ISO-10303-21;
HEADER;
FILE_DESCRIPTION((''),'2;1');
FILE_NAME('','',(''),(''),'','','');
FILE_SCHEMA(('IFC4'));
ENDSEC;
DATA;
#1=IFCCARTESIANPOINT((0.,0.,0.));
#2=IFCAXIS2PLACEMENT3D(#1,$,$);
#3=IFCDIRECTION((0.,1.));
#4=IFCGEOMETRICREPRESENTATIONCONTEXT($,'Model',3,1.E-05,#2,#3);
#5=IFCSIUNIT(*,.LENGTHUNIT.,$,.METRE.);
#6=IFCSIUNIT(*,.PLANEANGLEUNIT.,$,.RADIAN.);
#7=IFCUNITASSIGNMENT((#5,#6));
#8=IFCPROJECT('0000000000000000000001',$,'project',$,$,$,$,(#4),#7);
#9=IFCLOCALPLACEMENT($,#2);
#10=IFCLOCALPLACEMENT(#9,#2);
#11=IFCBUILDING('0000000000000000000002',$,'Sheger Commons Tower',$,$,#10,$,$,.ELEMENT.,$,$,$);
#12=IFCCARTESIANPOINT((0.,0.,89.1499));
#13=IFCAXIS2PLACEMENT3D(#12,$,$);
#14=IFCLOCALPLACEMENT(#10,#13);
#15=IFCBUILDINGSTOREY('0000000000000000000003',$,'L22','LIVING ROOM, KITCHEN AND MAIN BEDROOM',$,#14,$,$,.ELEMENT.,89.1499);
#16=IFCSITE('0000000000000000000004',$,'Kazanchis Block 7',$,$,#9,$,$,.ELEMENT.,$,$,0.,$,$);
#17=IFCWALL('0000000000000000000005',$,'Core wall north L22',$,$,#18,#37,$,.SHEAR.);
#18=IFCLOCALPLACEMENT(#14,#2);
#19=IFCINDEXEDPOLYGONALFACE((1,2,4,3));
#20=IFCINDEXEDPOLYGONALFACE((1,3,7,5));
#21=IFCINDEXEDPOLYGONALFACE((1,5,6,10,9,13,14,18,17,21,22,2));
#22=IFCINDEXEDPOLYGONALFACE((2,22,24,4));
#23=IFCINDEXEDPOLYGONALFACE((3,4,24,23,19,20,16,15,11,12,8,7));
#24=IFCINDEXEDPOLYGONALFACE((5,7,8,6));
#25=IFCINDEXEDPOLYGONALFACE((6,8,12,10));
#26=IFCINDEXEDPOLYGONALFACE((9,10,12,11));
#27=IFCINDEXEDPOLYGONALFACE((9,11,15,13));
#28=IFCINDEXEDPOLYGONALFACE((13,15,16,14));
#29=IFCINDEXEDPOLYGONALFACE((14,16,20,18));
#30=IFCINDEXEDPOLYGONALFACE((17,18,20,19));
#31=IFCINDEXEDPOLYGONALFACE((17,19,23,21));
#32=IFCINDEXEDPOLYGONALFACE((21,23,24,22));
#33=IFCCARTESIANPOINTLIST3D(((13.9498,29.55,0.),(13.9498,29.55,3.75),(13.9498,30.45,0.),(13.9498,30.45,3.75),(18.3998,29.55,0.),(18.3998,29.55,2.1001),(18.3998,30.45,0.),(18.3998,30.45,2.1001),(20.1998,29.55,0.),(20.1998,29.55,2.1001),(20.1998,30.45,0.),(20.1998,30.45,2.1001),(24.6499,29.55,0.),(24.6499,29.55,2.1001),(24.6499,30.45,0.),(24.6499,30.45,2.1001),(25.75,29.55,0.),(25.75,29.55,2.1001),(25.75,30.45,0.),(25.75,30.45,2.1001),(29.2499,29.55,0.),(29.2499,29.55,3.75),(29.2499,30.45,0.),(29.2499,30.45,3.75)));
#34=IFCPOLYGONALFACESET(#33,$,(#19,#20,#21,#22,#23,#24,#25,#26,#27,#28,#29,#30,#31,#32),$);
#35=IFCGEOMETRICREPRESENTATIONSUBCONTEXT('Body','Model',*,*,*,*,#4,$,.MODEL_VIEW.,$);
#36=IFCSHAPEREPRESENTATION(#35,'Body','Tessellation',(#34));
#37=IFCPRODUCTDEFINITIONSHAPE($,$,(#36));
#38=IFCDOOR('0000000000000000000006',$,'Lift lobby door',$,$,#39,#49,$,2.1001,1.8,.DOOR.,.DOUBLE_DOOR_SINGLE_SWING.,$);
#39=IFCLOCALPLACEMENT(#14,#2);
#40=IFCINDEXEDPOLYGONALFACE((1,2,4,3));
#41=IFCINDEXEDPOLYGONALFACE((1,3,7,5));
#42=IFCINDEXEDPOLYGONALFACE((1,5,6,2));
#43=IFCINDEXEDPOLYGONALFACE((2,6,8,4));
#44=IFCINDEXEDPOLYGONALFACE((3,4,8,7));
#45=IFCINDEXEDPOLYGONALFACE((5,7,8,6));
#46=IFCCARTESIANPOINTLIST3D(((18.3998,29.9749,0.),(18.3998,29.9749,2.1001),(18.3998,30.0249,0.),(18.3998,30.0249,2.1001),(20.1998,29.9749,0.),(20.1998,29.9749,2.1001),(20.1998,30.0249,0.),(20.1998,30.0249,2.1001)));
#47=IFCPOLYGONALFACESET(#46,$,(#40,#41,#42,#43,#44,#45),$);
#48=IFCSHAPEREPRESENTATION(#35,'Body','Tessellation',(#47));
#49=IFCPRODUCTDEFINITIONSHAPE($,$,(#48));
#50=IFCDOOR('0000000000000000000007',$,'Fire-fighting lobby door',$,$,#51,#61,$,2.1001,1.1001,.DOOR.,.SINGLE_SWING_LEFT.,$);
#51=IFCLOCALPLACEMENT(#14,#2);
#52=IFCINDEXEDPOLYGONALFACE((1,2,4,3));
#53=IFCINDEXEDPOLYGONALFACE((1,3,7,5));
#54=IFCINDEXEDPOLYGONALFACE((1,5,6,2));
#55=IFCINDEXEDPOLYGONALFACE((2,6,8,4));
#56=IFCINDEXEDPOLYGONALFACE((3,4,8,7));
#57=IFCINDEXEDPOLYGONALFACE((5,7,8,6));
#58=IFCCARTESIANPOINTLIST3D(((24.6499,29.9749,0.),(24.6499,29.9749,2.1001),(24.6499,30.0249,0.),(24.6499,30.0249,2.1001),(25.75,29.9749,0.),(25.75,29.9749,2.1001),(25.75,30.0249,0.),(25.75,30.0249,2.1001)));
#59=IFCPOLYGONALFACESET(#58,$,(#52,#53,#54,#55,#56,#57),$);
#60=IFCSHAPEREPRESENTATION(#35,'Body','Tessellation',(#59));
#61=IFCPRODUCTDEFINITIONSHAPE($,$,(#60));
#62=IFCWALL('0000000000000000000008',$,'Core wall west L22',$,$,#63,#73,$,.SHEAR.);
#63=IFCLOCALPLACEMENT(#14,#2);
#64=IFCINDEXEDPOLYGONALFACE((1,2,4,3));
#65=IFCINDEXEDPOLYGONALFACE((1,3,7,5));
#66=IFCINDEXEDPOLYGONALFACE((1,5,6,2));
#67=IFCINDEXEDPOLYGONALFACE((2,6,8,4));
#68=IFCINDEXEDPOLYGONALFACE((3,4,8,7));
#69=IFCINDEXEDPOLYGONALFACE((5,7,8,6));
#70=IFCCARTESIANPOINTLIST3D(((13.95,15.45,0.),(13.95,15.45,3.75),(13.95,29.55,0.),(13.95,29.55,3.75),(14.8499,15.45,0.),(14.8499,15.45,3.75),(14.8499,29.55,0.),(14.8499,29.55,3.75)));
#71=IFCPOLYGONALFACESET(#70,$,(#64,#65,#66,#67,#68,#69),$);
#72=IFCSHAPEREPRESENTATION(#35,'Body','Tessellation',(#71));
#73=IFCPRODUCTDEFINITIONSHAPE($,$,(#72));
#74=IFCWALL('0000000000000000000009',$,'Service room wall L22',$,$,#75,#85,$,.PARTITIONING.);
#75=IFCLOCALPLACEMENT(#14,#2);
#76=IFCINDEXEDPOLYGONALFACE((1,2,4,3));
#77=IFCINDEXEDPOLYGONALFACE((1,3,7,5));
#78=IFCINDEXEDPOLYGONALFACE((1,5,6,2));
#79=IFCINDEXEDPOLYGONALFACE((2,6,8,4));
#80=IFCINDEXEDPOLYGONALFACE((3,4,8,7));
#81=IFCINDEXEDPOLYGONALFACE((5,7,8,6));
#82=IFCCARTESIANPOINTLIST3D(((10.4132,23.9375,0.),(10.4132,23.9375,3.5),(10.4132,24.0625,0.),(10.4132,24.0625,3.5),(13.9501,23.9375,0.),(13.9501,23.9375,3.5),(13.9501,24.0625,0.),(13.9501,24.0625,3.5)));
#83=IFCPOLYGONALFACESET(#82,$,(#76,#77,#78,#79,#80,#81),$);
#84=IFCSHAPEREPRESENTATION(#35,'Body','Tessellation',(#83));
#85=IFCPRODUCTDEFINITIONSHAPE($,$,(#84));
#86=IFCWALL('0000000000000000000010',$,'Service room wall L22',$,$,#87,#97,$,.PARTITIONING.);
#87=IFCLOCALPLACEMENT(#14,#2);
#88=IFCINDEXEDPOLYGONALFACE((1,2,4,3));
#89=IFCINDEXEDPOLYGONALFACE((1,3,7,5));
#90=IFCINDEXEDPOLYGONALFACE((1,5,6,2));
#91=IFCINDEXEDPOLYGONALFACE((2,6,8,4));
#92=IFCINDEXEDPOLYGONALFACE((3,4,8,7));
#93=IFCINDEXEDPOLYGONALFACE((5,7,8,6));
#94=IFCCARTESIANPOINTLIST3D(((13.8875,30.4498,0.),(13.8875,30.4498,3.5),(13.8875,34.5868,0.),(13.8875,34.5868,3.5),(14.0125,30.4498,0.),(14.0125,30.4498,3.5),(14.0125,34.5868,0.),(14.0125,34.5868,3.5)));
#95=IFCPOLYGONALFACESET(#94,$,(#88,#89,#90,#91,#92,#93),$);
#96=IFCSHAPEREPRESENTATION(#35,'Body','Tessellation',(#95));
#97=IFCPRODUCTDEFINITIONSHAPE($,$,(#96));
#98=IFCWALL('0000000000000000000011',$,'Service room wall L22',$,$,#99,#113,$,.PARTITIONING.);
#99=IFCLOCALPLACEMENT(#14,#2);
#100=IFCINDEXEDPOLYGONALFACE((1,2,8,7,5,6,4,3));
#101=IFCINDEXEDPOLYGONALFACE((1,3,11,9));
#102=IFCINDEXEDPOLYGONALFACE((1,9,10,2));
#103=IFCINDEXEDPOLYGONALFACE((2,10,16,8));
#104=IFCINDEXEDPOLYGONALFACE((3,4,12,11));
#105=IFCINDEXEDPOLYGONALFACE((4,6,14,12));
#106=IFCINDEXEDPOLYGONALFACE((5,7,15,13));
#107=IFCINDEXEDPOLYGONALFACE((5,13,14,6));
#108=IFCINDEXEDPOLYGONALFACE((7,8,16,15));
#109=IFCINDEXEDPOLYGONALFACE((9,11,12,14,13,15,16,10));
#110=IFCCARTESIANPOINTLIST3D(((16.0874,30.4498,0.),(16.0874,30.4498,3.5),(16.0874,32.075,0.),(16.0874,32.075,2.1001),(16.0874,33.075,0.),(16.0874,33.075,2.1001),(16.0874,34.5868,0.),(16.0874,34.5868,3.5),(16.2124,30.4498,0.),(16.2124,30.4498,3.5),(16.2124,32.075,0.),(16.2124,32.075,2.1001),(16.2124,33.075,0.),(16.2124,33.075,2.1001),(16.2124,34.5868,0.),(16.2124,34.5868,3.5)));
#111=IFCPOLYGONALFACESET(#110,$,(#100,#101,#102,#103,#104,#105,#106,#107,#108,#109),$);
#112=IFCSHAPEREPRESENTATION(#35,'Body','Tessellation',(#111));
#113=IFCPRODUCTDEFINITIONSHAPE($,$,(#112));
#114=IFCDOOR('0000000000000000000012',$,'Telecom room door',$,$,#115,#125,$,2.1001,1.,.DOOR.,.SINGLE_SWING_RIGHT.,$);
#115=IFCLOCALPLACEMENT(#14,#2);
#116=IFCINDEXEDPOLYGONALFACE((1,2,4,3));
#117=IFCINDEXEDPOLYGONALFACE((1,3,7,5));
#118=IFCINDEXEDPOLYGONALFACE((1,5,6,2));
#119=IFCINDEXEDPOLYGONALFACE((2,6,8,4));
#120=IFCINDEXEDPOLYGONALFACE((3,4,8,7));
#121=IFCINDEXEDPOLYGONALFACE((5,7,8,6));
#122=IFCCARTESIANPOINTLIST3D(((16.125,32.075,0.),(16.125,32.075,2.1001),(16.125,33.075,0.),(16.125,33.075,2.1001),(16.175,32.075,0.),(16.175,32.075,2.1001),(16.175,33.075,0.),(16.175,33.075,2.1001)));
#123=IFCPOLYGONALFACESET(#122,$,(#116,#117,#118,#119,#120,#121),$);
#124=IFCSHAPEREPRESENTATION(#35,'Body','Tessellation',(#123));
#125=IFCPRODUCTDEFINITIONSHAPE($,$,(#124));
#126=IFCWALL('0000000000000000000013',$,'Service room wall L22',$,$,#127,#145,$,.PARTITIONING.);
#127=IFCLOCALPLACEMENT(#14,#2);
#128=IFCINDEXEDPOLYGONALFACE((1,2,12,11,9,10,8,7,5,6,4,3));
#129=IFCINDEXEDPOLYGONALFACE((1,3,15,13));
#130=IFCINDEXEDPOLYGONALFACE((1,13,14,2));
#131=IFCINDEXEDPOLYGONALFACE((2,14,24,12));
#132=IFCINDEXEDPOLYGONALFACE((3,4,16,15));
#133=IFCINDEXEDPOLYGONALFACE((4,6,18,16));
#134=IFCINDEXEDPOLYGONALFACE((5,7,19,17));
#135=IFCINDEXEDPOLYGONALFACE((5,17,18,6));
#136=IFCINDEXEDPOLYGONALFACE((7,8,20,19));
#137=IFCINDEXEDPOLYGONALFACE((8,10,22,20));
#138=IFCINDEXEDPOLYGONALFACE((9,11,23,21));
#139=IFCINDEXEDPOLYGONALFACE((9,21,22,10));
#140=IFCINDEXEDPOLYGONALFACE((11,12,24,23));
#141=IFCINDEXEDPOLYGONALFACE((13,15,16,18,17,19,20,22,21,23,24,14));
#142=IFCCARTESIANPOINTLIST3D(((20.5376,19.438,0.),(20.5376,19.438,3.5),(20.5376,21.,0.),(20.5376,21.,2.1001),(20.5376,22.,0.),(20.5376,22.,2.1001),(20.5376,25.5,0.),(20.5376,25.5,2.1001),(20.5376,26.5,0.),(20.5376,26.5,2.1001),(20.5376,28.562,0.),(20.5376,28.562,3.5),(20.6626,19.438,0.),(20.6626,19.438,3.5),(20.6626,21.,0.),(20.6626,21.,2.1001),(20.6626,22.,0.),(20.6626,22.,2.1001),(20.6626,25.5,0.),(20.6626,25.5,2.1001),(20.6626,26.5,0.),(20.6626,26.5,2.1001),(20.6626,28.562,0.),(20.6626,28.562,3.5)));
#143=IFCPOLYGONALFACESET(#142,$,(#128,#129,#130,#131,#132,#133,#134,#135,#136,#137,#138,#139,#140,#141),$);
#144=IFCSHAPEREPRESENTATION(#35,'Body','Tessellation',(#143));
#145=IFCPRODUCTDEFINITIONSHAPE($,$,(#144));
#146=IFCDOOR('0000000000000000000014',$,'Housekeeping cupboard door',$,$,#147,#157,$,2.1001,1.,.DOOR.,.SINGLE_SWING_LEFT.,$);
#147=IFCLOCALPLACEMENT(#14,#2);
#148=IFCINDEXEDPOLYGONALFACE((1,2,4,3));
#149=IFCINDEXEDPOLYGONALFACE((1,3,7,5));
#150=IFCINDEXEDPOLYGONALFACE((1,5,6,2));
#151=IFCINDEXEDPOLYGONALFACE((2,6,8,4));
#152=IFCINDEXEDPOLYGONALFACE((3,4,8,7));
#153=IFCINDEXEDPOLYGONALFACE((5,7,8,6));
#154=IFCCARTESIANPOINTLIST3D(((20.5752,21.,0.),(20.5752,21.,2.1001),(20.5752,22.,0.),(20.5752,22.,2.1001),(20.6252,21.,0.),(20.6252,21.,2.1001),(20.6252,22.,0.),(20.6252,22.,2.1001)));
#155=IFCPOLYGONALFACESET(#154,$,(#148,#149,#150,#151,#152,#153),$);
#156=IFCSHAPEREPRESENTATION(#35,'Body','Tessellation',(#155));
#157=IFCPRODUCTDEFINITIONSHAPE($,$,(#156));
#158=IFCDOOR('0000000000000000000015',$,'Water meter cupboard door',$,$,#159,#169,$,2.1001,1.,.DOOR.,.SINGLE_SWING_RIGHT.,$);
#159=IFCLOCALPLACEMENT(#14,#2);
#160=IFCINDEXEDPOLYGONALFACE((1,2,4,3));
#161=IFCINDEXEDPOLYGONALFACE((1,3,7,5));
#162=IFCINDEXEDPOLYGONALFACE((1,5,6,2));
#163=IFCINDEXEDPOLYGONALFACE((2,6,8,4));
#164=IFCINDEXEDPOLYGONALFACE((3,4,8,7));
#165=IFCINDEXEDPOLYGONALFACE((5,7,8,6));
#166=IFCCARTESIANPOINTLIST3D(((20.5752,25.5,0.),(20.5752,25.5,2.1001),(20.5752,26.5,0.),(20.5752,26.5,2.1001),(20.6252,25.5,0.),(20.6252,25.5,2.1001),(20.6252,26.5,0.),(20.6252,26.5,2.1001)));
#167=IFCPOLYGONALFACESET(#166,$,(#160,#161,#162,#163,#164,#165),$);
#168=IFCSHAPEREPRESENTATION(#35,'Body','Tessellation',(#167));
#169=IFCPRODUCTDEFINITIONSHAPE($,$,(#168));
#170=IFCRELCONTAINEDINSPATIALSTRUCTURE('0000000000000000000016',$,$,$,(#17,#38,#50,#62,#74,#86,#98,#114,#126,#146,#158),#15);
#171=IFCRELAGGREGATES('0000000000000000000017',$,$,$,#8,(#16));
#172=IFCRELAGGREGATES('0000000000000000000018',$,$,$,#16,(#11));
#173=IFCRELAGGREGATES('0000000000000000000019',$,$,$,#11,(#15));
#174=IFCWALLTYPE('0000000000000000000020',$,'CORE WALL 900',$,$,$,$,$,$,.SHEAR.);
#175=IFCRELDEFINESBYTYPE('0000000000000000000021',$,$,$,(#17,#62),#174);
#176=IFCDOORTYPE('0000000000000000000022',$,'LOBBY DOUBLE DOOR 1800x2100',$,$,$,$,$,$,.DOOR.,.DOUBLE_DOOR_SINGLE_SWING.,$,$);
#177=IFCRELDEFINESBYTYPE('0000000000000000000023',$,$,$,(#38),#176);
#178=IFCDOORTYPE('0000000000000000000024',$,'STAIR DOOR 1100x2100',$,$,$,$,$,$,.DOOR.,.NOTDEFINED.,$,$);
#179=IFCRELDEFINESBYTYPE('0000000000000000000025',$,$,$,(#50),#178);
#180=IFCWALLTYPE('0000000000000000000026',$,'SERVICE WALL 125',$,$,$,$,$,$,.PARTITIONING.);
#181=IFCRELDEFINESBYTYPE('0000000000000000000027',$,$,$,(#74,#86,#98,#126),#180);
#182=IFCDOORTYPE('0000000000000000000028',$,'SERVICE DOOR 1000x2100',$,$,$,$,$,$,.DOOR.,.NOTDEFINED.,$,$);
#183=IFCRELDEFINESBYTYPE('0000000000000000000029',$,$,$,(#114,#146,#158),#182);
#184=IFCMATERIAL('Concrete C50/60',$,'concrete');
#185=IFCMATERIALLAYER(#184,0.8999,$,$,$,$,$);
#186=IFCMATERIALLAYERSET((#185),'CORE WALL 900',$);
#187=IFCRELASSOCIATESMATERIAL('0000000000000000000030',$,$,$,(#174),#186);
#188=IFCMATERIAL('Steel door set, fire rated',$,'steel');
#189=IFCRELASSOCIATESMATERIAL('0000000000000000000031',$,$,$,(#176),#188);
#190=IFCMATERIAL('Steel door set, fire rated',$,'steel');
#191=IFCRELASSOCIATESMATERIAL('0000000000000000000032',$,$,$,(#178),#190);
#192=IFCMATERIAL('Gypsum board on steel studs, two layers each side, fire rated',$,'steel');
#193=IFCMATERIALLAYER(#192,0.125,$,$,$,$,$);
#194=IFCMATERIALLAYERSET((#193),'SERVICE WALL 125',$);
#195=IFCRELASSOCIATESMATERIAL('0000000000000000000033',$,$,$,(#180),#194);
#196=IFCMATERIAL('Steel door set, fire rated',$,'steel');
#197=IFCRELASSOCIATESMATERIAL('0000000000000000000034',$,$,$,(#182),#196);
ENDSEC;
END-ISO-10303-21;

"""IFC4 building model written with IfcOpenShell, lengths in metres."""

from ifc_helpers import new_model, si_unit, direction, frame, frame_2d, origin, place, context, subcontext, project, spatial, rectangle, extrude, material, layer, layer_set, type_object, element, fill, save


model = new_model("IFC4")

# Units and contexts
model_context = context("Model", 3, precision=1e-05, world=origin(), true_north=direction((0.0, 1.0)))
body_context = subcontext(model_context, "Body", "Model", "MODEL_VIEW")
ifc_project = project(units=[si_unit("LENGTHUNIT", "METRE"), si_unit("PLANEANGLEUNIT", "RADIAN")], contexts=[model_context])

# Site, building, storey
site_placement = place(None, origin())
site = spatial("IfcSite", under=ifc_project, at=site_placement, Name="Kazanchis Block 7", CompositionType="ELEMENT", RefElevation=0.0)
building_placement = place(site_placement, origin())
building = spatial("IfcBuilding", under=site, at=building_placement, Name="Sheger Commons Tower", CompositionType="ELEMENT")
storey_placement = place(building_placement, frame((0.0, 0.0, 89.1499)))
storey = spatial("IfcBuildingStorey", under=building, at=storey_placement, Name="L22", Description="LIVING ROOM, KITCHEN AND MAIN BEDROOM", CompositionType="ELEMENT", Elevation=89.1499)

# Wall, openings, doors
ifc_material_1 = material(Name="Concrete C50/60", Category="concrete")
ifc_layer_1 = layer(ifc_material_1, 0.8999)
ifc_layer_set_1 = layer_set([ifc_layer_1], Name="CORE WALL 900")
wall_type_1 = type_object("IfcWallType", Name="CORE WALL 900", PredefinedType="SHEAR", material=ifc_layer_set_1)
ifc_material_2 = material(Name="Steel door set, fire rated", Category="steel")
door_type_1 = type_object("IfcDoorType", Name="LOBBY DOUBLE DOOR 1800x2100", OperationType="DOUBLE_DOOR_SINGLE_SWING", PredefinedType="DOOR", material=ifc_material_2)
ifc_material_3 = material(Name="Steel door set, fire rated", Category="steel")
door_type_2 = type_object("IfcDoorType", Name="STAIR DOOR 1100x2100", OperationType="NOTDEFINED", PredefinedType="DOOR", material=ifc_material_3)
wall_1_placement = place(storey_placement, frame((13.95, 30.0, 0.0), z_axis=(0.0, 0.0, 1.0), x_axis=(1.0, 0.0, 0.0)))
wall_1 = element("IfcWall", 1, at=wall_1_placement, inside=storey, type_object=wall_type_1, Name="Core wall north L22", PredefinedType="SHEAR", context=body_context, shape_type="SweptSolid", body=[
    extrude(rectangle(XDim=15.3, YDim=0.8999, at=frame_2d((7.6499, 0.0))), origin(), (0.0, 0.0, 1.0), 3.75),
])
opening_1_placement = place(wall_1_placement, frame((4.45, 0.0, 0.0)))
opening_1 = element("IfcOpeningElement", 2, at=opening_1_placement, cuts=wall_1, PredefinedType="OPENING", context=body_context, shape_type="SweptSolid", body=[
    extrude(rectangle(XDim=1.8, YDim=2.1001, at=frame_2d((0.8999, 1.05))), frame((0.0, 0.46, 0.0), z_axis=(0.0, -1.0, 0.0), x_axis=(1.0, 0.0, 0.0)), (0.0, 0.0, 1.0), 0.9199),
])
opening_2_placement = place(wall_1_placement, frame((10.7, 0.0, 0.0)))
opening_2 = element("IfcOpeningElement", 3, at=opening_2_placement, cuts=wall_1, PredefinedType="OPENING", context=body_context, shape_type="SweptSolid", body=[
    extrude(rectangle(XDim=1.1001, YDim=2.1001, at=frame_2d((0.55, 1.05))), frame((0.0, 0.46, 0.0), z_axis=(0.0, -1.0, 0.0), x_axis=(1.0, 0.0, 0.0)), (0.0, 0.0, 1.0), 0.9199),
])
door_1_placement = place(opening_1_placement, origin())
door_1 = element("IfcDoor", 4, at=door_1_placement, inside=storey, type_object=door_type_1, Name="Lift lobby door", OperationType="DOUBLE_DOOR_SINGLE_SWING", OverallHeight=2.1001, OverallWidth=1.8, PredefinedType="DOOR", context=body_context, shape_type="SweptSolid", body=[
    extrude(rectangle(XDim=1.8, YDim=2.1001, at=frame_2d((0.8999, 1.05))), frame((0.0, 0.0249, 0.0), z_axis=(0.0, -1.0, 0.0), x_axis=(1.0, 0.0, 0.0)), (0.0, 0.0, 1.0), 0.05),
])
fill(opening_1, door_1)
door_2_placement = place(opening_2_placement, origin())
door_2 = element("IfcDoor", 5, at=door_2_placement, inside=storey, type_object=door_type_2, Name="Fire-fighting lobby door", OperationType="SINGLE_SWING_LEFT", OverallHeight=2.1001, OverallWidth=1.1001, PredefinedType="DOOR", context=body_context, shape_type="SweptSolid", body=[
    extrude(rectangle(XDim=1.1001, YDim=2.1001, at=frame_2d((0.55, 1.05))), frame((0.0, 0.0249, 0.0), z_axis=(0.0, -1.0, 0.0), x_axis=(1.0, 0.0, 0.0)), (0.0, 0.0, 1.0), 0.05),
])
fill(opening_2, door_2)

# Walls
wall_2_placement = place(storey_placement, frame((14.3999, 15.45, 0.0), z_axis=(0.0, 0.0, 1.0), x_axis=(0.0, 1.0, 0.0)))
element("IfcWall", 6, at=wall_2_placement, inside=storey, type_object=wall_type_1, Name="Core wall west L22", PredefinedType="SHEAR", context=body_context, shape_type="SweptSolid", body=[
    extrude(rectangle(XDim=14.1001, YDim=0.8999, at=frame_2d((7.05, 0.0))), origin(), (0.0, 0.0, 1.0), 3.75),
])
ifc_material_4 = material(Name="Gypsum board on steel studs, two layers each side, fire rated", Category="steel")
ifc_layer_2 = layer(ifc_material_4, 0.125)
ifc_layer_set_2 = layer_set([ifc_layer_2], Name="SERVICE WALL 125")
wall_type_2 = type_object("IfcWallType", Name="SERVICE WALL 125", PredefinedType="PARTITIONING", material=ifc_layer_set_2)
wall_3_placement = place(storey_placement, frame((10.4131, 24.0, 0.0), z_axis=(0.0, 0.0, 1.0), x_axis=(1.0, 0.0, 0.0)))
element("IfcWall", 7, at=wall_3_placement, inside=storey, type_object=wall_type_2, Name="Service room wall L22", PredefinedType="PARTITIONING", context=body_context, shape_type="SweptSolid", body=[
    extrude(rectangle(XDim=3.5369, YDim=0.125, at=frame_2d((1.7686, 0.0))), origin(), (0.0, 0.0, 1.0), 3.5),
])
wall_4_placement = place(storey_placement, frame((13.95, 30.45, 0.0), z_axis=(0.0, 0.0, 1.0), x_axis=(0.0, 1.0, 0.0)))
element("IfcWall", 8, at=wall_4_placement, inside=storey, type_object=wall_type_2, Name="Service room wall L22", PredefinedType="PARTITIONING", context=body_context, shape_type="SweptSolid", body=[
    extrude(rectangle(XDim=4.137, YDim=0.125, at=frame_2d((2.0684, 0.0))), origin(), (0.0, 0.0, 1.0), 3.5),
])

# Wall, opening, door
wall_5_placement = place(storey_placement, frame((16.1499, 30.45, 0.0), z_axis=(0.0, 0.0, 1.0), x_axis=(0.0, 1.0, 0.0)))
wall_5 = element("IfcWall", 9, at=wall_5_placement, inside=storey, type_object=wall_type_2, Name="Service room wall L22", PredefinedType="PARTITIONING", context=body_context, shape_type="SweptSolid", body=[
    extrude(rectangle(XDim=4.137, YDim=0.125, at=frame_2d((2.0684, 0.0))), origin(), (0.0, 0.0, 1.0), 3.5),
])
opening_3_placement = place(wall_5_placement, frame((1.625, 0.0, 0.0)))
opening_3 = element("IfcOpeningElement", 10, at=opening_3_placement, cuts=wall_5, PredefinedType="OPENING", context=body_context, shape_type="SweptSolid", body=[
    extrude(rectangle(XDim=1.0, YDim=2.1001, at=frame_2d((0.5, 1.05))), frame((0.0, 0.0725, 0.0), z_axis=(0.0, -1.0, 0.0), x_axis=(1.0, 0.0, 0.0)), (0.0, 0.0, 1.0), 0.145),
])
ifc_material_5 = material(Name="Steel door set, fire rated", Category="steel")
door_type_3 = type_object("IfcDoorType", Name="SERVICE DOOR 1000x2100", OperationType="NOTDEFINED", PredefinedType="DOOR", material=ifc_material_5)
door_3_placement = place(opening_3_placement, origin())
door_3 = element("IfcDoor", 11, at=door_3_placement, inside=storey, type_object=door_type_3, Name="Telecom room door", OperationType="SINGLE_SWING_RIGHT", OverallHeight=2.1001, OverallWidth=1.0, PredefinedType="DOOR", context=body_context, shape_type="SweptSolid", body=[
    extrude(rectangle(XDim=1.0, YDim=2.1001, at=frame_2d((0.5, 1.05))), frame((0.0, 0.0249, 0.0), z_axis=(0.0, -1.0, 0.0), x_axis=(1.0, 0.0, 0.0)), (0.0, 0.0, 1.0), 0.05),
])
fill(opening_3, door_3)

# Wall, openings, doors
wall_6_placement = place(storey_placement, frame((20.6001, 19.438, 0.0), z_axis=(0.0, 0.0, 1.0), x_axis=(0.0, 1.0, 0.0)))
wall_6 = element("IfcWall", 12, at=wall_6_placement, inside=storey, type_object=wall_type_2, Name="Service room wall L22", PredefinedType="PARTITIONING", context=body_context, shape_type="SweptSolid", body=[
    extrude(rectangle(XDim=9.124, YDim=0.125, at=frame_2d((4.562, 0.0))), origin(), (0.0, 0.0, 1.0), 3.5),
])
opening_4_placement = place(wall_6_placement, frame((1.562, 0.0, 0.0)))
opening_4 = element("IfcOpeningElement", 13, at=opening_4_placement, cuts=wall_6, PredefinedType="OPENING", context=body_context, shape_type="SweptSolid", body=[
    extrude(rectangle(XDim=1.0, YDim=2.1001, at=frame_2d((0.5, 1.05))), frame((0.0, 0.0725, 0.0), z_axis=(0.0, -1.0, 0.0), x_axis=(1.0, 0.0, 0.0)), (0.0, 0.0, 1.0), 0.145),
])
opening_5_placement = place(wall_6_placement, frame((6.062, 0.0, 0.0)))
opening_5 = element("IfcOpeningElement", 14, at=opening_5_placement, cuts=wall_6, PredefinedType="OPENING", context=body_context, shape_type="SweptSolid", body=[
    extrude(rectangle(XDim=1.0, YDim=2.1001, at=frame_2d((0.5, 1.05))), frame((0.0, 0.0725, 0.0), z_axis=(0.0, -1.0, 0.0), x_axis=(1.0, 0.0, 0.0)), (0.0, 0.0, 1.0), 0.145),
])
door_4_placement = place(opening_4_placement, origin())
door_4 = element("IfcDoor", 15, at=door_4_placement, inside=storey, type_object=door_type_3, Name="Housekeeping cupboard door", OperationType="SINGLE_SWING_LEFT", OverallHeight=2.1001, OverallWidth=1.0, PredefinedType="DOOR", context=body_context, shape_type="SweptSolid", body=[
    extrude(rectangle(XDim=1.0, YDim=2.1001, at=frame_2d((0.5, 1.05))), frame((0.0, 0.0249, 0.0), z_axis=(0.0, -1.0, 0.0), x_axis=(1.0, 0.0, 0.0)), (0.0, 0.0, 1.0), 0.05),
])
fill(opening_4, door_4)
door_5_placement = place(opening_5_placement, origin())
door_5 = element("IfcDoor", 16, at=door_5_placement, inside=storey, type_object=door_type_3, Name="Water meter cupboard door", OperationType="SINGLE_SWING_RIGHT", OverallHeight=2.1001, OverallWidth=1.0, PredefinedType="DOOR", context=body_context, shape_type="SweptSolid", body=[
    extrude(rectangle(XDim=1.0, YDim=2.1001, at=frame_2d((0.5, 1.05))), frame((0.0, 0.0249, 0.0), z_axis=(0.0, -1.0, 0.0), x_axis=(1.0, 0.0, 0.0)), (0.0, 0.0, 1.0), 0.05),
])
fill(opening_5, door_5)

save(model, "model.ifc")
